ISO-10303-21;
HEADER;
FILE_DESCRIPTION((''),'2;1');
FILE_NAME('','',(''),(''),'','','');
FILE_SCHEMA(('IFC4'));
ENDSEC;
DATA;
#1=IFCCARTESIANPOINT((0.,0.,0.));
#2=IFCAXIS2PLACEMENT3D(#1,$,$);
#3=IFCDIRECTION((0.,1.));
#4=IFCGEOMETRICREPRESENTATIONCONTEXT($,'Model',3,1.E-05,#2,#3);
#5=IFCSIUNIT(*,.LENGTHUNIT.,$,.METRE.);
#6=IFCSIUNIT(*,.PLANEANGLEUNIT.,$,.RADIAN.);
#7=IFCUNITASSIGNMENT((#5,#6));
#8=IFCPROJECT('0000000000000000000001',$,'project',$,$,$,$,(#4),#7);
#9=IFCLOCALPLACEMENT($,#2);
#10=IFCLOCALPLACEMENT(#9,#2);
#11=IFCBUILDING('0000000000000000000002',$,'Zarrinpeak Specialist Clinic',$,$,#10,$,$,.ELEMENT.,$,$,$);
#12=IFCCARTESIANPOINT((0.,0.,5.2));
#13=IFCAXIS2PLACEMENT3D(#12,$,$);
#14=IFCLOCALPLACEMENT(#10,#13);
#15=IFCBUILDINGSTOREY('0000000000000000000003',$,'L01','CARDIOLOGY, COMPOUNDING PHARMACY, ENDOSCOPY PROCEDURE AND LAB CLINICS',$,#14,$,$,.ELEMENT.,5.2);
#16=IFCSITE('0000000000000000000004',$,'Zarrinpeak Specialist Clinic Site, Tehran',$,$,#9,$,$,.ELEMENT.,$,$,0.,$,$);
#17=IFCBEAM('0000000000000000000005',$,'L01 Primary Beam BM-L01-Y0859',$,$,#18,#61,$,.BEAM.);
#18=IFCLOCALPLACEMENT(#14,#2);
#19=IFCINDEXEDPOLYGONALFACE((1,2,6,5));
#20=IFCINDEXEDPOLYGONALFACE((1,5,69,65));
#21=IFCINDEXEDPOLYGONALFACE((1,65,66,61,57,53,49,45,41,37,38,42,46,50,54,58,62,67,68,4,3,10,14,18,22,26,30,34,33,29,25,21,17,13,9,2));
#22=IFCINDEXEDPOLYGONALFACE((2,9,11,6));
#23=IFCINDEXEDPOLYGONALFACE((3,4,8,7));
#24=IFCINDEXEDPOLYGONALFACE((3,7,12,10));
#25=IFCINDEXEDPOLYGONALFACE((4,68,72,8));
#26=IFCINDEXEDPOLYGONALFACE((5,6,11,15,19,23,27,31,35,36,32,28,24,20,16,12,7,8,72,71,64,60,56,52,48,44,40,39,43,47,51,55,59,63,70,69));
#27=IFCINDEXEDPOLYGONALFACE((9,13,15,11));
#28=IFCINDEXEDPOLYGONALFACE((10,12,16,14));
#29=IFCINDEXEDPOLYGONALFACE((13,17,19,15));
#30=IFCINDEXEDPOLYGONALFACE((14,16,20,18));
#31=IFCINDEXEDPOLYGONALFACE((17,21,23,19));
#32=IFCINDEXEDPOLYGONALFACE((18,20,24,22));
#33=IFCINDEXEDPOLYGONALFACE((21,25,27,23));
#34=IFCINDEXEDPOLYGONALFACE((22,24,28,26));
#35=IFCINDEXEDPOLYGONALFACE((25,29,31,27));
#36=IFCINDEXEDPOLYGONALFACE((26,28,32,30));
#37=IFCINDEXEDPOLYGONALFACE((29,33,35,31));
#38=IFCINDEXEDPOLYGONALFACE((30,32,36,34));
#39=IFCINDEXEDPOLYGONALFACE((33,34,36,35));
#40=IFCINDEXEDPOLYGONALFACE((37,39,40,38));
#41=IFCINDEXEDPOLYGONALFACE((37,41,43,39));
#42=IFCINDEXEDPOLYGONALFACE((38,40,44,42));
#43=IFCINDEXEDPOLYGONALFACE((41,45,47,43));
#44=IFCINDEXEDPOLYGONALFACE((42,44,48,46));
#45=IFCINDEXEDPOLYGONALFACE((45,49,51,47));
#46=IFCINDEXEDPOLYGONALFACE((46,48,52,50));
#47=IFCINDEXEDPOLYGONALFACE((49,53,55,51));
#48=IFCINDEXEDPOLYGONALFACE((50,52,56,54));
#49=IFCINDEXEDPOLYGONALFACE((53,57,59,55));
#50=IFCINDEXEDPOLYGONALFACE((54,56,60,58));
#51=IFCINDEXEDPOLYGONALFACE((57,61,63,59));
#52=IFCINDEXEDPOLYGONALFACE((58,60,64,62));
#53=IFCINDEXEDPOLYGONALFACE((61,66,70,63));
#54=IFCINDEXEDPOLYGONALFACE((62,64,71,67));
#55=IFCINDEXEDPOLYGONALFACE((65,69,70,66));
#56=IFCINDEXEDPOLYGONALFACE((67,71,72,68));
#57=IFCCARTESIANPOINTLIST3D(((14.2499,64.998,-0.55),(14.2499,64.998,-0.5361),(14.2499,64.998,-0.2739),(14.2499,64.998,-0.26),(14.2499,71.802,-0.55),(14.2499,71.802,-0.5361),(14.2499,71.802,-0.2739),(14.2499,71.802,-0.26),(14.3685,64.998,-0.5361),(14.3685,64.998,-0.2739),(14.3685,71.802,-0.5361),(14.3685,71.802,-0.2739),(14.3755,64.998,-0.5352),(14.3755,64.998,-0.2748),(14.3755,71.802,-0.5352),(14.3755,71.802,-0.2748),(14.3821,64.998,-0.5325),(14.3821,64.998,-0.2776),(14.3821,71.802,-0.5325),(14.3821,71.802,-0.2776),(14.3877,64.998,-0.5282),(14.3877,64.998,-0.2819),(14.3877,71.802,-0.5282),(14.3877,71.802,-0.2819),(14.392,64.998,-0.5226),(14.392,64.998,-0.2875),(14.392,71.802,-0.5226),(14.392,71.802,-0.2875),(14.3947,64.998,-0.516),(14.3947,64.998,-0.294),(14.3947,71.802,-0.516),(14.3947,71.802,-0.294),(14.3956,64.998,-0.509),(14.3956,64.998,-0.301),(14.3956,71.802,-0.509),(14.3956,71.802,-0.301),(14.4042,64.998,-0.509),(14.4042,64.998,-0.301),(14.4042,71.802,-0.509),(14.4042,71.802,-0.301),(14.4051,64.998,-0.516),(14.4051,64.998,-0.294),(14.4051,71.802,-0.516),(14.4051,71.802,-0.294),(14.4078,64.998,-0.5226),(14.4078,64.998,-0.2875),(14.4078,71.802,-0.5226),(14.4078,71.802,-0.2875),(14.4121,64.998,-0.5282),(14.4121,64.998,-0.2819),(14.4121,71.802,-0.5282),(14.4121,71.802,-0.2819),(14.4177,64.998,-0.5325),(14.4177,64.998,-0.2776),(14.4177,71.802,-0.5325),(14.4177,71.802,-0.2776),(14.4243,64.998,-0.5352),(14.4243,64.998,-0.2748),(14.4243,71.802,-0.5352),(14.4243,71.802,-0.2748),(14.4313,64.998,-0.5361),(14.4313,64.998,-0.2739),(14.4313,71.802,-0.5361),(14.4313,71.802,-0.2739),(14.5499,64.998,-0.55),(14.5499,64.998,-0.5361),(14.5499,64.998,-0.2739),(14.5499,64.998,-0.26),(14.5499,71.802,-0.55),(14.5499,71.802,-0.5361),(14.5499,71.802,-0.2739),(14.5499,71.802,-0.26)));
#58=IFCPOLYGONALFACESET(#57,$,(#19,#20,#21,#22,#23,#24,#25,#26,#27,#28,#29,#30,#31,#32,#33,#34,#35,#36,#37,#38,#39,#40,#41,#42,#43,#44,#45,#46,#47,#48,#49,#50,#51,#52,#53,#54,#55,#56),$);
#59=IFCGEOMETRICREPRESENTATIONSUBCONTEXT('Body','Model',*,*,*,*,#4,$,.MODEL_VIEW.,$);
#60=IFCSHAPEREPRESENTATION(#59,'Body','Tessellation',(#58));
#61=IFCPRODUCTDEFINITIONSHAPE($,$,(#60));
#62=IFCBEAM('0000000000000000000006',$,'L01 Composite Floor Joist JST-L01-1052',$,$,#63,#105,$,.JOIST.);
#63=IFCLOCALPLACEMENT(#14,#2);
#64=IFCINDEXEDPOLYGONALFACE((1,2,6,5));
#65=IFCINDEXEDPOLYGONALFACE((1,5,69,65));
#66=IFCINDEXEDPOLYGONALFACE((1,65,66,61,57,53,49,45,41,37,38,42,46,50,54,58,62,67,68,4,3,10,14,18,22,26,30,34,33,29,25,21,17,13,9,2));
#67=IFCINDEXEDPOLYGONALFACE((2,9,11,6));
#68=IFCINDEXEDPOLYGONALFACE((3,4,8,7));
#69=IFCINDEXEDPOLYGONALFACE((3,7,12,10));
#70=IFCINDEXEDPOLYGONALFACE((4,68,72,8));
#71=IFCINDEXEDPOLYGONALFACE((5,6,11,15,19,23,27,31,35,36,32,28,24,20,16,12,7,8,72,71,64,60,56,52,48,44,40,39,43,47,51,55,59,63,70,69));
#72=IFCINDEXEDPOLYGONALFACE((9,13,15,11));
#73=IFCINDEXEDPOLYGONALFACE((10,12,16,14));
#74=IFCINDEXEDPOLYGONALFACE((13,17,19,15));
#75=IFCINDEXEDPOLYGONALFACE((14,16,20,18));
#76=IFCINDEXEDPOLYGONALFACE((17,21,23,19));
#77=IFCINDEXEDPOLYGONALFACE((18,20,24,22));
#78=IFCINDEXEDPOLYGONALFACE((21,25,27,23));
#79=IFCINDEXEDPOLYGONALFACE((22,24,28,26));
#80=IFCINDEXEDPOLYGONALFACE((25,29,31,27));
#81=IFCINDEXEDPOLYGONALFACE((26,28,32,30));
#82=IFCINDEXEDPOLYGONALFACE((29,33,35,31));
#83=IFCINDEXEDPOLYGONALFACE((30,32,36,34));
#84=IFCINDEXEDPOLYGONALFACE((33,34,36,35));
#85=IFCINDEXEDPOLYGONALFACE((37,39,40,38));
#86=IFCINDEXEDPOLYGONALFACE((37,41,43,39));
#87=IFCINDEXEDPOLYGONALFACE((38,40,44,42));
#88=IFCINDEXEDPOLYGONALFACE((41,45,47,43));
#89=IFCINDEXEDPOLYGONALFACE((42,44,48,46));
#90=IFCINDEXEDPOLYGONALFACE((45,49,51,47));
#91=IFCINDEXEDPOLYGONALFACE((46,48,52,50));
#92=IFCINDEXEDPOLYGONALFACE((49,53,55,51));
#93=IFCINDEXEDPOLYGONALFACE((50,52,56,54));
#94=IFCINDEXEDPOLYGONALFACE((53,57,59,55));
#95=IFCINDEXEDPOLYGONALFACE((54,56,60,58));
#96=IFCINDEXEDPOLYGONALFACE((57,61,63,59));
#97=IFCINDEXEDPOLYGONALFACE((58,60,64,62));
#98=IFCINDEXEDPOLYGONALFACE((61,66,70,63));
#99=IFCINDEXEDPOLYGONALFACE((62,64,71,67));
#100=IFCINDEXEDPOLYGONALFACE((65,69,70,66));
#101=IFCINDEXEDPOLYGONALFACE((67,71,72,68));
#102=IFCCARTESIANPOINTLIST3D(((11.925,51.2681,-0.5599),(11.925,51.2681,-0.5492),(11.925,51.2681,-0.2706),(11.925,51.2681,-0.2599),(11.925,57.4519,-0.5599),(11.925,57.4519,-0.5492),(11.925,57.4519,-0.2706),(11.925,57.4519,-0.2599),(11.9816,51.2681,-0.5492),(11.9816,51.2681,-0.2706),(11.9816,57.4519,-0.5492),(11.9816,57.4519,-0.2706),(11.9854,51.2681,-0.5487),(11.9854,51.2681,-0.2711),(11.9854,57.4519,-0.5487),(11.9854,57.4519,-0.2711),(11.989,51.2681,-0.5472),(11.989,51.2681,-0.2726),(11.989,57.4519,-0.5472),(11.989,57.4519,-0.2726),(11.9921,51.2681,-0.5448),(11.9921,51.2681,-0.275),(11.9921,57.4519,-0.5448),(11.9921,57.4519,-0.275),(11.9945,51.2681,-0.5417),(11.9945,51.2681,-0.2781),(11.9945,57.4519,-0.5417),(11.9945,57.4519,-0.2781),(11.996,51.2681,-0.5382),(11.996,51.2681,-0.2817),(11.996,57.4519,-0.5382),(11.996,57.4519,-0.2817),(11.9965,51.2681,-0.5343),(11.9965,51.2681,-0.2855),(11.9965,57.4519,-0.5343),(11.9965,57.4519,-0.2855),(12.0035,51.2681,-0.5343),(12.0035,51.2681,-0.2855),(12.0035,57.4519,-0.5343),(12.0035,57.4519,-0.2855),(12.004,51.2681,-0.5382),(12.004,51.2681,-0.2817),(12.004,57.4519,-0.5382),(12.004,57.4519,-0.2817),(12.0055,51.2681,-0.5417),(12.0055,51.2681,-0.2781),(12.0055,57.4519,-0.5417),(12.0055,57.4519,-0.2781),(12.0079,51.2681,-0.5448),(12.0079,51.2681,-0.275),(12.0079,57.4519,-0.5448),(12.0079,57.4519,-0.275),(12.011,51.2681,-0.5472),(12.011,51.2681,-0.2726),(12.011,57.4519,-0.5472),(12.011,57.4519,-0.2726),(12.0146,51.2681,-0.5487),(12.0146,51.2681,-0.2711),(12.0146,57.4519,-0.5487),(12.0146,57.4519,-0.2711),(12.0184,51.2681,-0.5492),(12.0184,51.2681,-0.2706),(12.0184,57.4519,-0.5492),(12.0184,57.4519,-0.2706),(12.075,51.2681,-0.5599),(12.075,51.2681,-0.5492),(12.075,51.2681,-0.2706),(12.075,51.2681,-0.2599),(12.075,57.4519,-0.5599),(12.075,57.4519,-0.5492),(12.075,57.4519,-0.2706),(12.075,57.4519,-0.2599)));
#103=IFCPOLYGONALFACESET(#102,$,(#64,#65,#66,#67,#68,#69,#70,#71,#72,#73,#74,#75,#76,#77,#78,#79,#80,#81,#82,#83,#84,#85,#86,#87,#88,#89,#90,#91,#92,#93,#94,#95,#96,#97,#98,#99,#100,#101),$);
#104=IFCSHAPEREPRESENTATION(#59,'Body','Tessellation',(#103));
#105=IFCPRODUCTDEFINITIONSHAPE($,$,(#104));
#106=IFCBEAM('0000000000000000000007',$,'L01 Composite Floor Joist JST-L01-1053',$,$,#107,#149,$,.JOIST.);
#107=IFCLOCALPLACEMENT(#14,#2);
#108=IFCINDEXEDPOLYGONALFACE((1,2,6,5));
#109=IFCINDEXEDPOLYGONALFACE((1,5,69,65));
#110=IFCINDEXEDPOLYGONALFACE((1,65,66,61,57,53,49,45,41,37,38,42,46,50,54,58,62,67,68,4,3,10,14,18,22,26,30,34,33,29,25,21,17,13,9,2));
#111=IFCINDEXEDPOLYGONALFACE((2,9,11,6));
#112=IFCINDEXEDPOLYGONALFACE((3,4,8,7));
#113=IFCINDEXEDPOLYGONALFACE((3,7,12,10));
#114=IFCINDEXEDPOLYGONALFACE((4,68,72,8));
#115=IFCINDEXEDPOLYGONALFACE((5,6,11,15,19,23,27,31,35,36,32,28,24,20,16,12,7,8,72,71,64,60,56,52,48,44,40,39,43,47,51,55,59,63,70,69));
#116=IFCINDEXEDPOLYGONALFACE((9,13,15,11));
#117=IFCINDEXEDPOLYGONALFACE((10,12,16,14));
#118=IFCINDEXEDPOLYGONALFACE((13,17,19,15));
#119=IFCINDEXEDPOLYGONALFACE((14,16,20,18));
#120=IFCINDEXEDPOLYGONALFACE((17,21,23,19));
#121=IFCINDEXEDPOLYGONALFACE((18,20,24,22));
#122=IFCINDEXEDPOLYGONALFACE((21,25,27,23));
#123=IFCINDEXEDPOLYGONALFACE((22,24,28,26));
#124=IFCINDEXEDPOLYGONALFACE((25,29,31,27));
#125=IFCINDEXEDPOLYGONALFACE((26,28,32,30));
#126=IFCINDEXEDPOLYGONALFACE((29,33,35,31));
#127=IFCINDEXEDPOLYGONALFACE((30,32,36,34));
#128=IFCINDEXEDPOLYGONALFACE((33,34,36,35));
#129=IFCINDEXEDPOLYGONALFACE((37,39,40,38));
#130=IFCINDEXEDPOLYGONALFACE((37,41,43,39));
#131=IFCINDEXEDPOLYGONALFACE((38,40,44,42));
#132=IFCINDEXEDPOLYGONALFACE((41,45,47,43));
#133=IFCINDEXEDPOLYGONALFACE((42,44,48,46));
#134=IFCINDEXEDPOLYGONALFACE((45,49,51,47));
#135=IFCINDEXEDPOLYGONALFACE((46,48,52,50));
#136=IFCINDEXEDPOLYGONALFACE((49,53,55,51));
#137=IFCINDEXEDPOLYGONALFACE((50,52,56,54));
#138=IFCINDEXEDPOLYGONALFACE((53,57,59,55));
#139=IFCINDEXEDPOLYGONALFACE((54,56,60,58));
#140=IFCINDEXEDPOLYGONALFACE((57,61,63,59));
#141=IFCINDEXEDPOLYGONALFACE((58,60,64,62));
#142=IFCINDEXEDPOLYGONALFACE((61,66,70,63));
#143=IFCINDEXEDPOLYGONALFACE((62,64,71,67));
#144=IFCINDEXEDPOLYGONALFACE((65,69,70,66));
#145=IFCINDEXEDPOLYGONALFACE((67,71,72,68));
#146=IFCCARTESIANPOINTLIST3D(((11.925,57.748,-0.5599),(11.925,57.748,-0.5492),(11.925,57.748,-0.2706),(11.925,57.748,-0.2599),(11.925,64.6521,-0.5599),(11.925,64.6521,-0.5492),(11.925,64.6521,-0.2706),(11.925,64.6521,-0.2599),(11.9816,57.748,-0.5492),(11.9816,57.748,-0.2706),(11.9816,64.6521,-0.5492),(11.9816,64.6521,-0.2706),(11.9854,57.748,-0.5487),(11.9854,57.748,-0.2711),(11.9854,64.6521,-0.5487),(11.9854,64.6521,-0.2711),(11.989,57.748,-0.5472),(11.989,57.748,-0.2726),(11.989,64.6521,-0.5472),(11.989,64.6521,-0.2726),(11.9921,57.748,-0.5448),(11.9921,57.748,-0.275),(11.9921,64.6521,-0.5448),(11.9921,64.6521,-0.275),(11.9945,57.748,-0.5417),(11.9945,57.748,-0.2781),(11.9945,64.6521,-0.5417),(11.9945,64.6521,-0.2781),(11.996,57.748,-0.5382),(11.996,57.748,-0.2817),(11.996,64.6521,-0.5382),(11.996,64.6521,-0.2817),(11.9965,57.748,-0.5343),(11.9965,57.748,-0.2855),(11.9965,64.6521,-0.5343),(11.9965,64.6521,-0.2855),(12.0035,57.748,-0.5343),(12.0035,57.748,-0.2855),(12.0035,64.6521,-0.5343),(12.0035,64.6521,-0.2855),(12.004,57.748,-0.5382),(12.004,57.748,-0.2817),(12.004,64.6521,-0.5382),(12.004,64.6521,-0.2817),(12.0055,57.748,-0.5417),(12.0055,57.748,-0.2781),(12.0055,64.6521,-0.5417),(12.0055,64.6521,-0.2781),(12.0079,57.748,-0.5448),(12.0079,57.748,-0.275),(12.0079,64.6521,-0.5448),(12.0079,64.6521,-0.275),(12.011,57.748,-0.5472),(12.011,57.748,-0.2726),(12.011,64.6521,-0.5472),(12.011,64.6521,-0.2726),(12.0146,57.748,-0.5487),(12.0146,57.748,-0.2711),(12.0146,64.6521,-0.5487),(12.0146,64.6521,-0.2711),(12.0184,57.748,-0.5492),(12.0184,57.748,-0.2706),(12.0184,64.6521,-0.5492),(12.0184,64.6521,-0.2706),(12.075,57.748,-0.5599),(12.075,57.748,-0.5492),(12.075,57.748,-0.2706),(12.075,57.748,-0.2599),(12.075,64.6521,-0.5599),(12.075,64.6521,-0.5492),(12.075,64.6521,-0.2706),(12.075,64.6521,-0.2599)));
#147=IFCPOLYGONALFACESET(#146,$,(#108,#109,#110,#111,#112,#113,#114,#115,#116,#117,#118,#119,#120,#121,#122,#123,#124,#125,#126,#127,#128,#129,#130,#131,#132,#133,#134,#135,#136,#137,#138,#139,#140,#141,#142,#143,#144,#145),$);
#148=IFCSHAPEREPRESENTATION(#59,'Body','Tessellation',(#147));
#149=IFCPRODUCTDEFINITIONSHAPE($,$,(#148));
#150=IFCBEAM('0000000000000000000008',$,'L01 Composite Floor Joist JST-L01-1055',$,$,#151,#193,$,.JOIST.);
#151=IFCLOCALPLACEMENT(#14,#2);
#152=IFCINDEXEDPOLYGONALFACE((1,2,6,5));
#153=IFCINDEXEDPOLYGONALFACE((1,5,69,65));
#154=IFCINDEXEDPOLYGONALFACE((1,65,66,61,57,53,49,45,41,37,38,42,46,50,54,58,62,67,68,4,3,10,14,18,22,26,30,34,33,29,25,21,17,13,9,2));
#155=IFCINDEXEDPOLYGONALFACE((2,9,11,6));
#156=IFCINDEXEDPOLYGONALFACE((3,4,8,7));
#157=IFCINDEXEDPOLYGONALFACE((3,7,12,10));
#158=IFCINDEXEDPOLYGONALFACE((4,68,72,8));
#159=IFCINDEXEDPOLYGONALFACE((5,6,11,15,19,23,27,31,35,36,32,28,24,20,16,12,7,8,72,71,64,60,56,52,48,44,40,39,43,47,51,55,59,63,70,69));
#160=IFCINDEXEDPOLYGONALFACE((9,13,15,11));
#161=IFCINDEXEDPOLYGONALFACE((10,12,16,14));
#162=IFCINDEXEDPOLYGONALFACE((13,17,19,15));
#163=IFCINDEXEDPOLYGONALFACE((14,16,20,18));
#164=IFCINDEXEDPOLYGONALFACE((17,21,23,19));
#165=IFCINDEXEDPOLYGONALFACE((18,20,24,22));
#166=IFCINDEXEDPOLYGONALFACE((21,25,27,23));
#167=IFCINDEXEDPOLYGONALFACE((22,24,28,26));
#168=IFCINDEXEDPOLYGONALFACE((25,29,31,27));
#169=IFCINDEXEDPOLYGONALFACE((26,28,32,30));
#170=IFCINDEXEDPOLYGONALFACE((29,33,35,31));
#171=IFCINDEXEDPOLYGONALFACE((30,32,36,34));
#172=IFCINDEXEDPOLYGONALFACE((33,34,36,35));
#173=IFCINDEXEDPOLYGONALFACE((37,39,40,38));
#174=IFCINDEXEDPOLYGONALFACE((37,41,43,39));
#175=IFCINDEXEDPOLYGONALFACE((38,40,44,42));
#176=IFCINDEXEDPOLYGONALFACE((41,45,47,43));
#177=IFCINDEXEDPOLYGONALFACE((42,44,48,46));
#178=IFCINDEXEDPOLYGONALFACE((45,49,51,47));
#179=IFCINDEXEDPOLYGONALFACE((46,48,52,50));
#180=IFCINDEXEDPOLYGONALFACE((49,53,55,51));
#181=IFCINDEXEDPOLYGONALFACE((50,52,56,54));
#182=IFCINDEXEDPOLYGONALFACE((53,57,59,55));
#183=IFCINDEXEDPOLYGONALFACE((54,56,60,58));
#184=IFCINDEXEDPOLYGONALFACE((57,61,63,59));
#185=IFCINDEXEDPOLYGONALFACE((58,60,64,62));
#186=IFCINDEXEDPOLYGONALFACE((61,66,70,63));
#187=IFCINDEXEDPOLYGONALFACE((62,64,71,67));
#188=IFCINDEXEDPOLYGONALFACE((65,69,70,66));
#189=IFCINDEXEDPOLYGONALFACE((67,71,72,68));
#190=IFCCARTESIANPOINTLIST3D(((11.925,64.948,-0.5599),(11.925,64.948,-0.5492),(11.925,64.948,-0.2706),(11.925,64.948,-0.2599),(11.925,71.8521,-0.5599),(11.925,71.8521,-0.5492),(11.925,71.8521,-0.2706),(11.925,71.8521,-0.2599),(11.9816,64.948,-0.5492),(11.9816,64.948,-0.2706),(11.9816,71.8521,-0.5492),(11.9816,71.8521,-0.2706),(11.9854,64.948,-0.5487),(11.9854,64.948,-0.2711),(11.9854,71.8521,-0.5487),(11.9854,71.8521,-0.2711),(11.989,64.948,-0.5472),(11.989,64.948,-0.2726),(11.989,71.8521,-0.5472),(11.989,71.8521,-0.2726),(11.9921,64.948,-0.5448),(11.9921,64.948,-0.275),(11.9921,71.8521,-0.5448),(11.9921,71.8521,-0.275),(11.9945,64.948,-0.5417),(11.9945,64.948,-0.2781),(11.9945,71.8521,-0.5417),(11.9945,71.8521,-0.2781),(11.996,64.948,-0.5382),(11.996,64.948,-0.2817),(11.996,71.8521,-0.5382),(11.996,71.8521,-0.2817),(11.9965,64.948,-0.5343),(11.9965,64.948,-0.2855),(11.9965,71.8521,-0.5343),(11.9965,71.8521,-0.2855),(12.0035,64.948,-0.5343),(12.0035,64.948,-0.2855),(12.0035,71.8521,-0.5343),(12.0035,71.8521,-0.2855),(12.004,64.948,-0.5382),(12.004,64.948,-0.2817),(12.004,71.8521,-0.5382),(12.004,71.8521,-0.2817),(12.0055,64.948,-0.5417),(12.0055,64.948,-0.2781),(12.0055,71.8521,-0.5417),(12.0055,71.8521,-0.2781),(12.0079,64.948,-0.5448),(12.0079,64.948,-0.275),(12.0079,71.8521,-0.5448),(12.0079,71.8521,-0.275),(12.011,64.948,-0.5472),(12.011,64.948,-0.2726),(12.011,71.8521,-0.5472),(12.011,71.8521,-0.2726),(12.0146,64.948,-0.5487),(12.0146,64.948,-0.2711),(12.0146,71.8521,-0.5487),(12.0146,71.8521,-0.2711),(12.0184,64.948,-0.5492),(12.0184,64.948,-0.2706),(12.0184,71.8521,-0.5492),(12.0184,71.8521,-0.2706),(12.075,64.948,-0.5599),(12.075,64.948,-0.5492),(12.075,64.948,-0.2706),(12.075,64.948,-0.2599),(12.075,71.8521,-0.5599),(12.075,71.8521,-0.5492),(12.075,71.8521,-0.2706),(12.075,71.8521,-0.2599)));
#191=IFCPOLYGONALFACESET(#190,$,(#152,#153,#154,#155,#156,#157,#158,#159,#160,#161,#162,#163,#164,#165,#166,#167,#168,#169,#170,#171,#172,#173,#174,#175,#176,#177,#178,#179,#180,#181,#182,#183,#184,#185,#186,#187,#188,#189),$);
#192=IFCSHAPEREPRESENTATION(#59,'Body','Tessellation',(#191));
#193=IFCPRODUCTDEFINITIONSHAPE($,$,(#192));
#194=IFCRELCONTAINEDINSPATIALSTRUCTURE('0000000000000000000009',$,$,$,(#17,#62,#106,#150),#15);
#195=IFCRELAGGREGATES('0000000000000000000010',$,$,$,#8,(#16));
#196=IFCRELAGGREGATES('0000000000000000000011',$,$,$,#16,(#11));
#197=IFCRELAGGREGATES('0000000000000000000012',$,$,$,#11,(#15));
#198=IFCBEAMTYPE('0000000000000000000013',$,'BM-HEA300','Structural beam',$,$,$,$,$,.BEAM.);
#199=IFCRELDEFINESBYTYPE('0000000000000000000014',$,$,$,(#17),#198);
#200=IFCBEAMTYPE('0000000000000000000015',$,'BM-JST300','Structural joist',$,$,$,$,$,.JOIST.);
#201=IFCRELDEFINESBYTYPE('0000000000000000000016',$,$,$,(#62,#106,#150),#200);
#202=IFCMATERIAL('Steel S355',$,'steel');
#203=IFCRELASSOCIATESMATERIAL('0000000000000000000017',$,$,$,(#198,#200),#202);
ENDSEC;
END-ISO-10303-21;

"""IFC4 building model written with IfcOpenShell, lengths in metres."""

from ifc_helpers import new_model, si_unit, direction, frame, origin, origin_2d, place, context, subcontext, project, spatial, i_section, extrude, material, material_profile, profile_set, type_object, element, save


model = new_model("IFC4")

# Units and contexts
model_context = context("Model", 3, precision=1e-05, world=origin(), true_north=direction((0.0, 1.0)))
body_context = subcontext(model_context, "Body", "Model", "MODEL_VIEW")
ifc_project = project(units=[si_unit("LENGTHUNIT", "METRE"), si_unit("PLANEANGLEUNIT", "RADIAN")], contexts=[model_context])

# Site, building, storey
site_placement = place(None, origin())
site = spatial("IfcSite", under=ifc_project, at=site_placement, Name="Zarrinpeak Specialist Clinic Site, Tehran", CompositionType="ELEMENT", RefElevation=0.0)
building_placement = place(site_placement, origin())
building = spatial("IfcBuilding", under=site, at=building_placement, Name="Zarrinpeak Specialist Clinic", CompositionType="ELEMENT")
storey_placement = place(building_placement, frame((0.0, 0.0, 5.2)))
storey = spatial("IfcBuildingStorey", under=building, at=storey_placement, Name="L01", Description="CARDIOLOGY, COMPOUNDING PHARMACY, ENDOSCOPY PROCEDURE AND LAB CLINICS", CompositionType="ELEMENT", Elevation=5.2)

# Shared definitions
ifc_material_1 = material(Name="Steel S355", Category="steel")

# Beams
ifc_material_profile_1 = material_profile(ifc_material_1, i_section(OverallWidth=0.3, OverallDepth=0.29, WebThickness=0.0085, FlangeThickness=0.0139, FilletRadius=0.0271, at=origin_2d()), Name="HEA 300")
ifc_profile_set_1 = profile_set([ifc_material_profile_1], Name="Steel S355")
beam_type_1 = type_object("IfcBeamType", Name="BM-HEA300", Description="Structural beam", PredefinedType="BEAM", material=ifc_profile_set_1)
for number, where, z_axis, x_axis, name in (
    (1, (14.3999, 64.998, -0.405), (0.0, 1.0, 0.0), (-1.0, 0.0, 0.0), "L01 Primary Beam BM-L01-Y0859"),
):
    element("IfcBeam", number, at=place(storey_placement, frame(where, z_axis=z_axis, x_axis=x_axis)), inside=storey, type_object=beam_type_1, Name=name, PredefinedType="BEAM", context=body_context, shape_type="SweptSolid", body=[
        extrude(i_section(OverallWidth=0.3, OverallDepth=0.29, WebThickness=0.0085, FlangeThickness=0.0139, FilletRadius=0.0271, at=origin_2d()), origin(), (0.0, 0.0, 1.0), 6.804),
    ])
ifc_material_profile_2 = material_profile(ifc_material_1, i_section(OverallWidth=0.1499, OverallDepth=0.3, WebThickness=0.0071, FlangeThickness=0.0107, FilletRadius=0.0149, at=origin_2d()), Name="IPE 300")
ifc_profile_set_2 = profile_set([ifc_material_profile_2], Name="Steel S355")
beam_type_2 = type_object("IfcBeamType", Name="BM-JST300", Description="Structural joist", PredefinedType="JOIST", material=ifc_profile_set_2)
beam_1_placement = place(storey_placement, frame((12.0, 51.2681, -0.4099), z_axis=(0.0, 1.0, 0.0), x_axis=(-1.0, 0.0, 0.0)))
element("IfcBeam", 2, at=beam_1_placement, inside=storey, type_object=beam_type_2, Name="L01 Composite Floor Joist JST-L01-1052", PredefinedType="JOIST", context=body_context, shape_type="SweptSolid", body=[
    extrude(i_section(OverallWidth=0.1499, OverallDepth=0.3, WebThickness=0.0071, FlangeThickness=0.0107, FilletRadius=0.0149, at=origin_2d()), origin(), (0.0, 0.0, 1.0), 6.1838),
])
for number, where, z_axis, x_axis, name in (
    (3, (12.0, 57.748, -0.4099), (0.0, 1.0, 0.0), (-1.0, 0.0, 0.0), "L01 Composite Floor Joist JST-L01-1053"),
    (4, (12.0, 64.948, -0.4099), (0.0, 1.0, 0.0), (-1.0, 0.0, 0.0), "L01 Composite Floor Joist JST-L01-1055"),
):
    element("IfcBeam", number, at=place(storey_placement, frame(where, z_axis=z_axis, x_axis=x_axis)), inside=storey, type_object=beam_type_2, Name=name, PredefinedType="JOIST", context=body_context, shape_type="SweptSolid", body=[
        extrude(i_section(OverallWidth=0.1499, OverallDepth=0.3, WebThickness=0.0071, FlangeThickness=0.0107, FilletRadius=0.0149, at=origin_2d()), origin(), (0.0, 0.0, 1.0), 6.9041),
    ])

save(model, "model.ifc")
